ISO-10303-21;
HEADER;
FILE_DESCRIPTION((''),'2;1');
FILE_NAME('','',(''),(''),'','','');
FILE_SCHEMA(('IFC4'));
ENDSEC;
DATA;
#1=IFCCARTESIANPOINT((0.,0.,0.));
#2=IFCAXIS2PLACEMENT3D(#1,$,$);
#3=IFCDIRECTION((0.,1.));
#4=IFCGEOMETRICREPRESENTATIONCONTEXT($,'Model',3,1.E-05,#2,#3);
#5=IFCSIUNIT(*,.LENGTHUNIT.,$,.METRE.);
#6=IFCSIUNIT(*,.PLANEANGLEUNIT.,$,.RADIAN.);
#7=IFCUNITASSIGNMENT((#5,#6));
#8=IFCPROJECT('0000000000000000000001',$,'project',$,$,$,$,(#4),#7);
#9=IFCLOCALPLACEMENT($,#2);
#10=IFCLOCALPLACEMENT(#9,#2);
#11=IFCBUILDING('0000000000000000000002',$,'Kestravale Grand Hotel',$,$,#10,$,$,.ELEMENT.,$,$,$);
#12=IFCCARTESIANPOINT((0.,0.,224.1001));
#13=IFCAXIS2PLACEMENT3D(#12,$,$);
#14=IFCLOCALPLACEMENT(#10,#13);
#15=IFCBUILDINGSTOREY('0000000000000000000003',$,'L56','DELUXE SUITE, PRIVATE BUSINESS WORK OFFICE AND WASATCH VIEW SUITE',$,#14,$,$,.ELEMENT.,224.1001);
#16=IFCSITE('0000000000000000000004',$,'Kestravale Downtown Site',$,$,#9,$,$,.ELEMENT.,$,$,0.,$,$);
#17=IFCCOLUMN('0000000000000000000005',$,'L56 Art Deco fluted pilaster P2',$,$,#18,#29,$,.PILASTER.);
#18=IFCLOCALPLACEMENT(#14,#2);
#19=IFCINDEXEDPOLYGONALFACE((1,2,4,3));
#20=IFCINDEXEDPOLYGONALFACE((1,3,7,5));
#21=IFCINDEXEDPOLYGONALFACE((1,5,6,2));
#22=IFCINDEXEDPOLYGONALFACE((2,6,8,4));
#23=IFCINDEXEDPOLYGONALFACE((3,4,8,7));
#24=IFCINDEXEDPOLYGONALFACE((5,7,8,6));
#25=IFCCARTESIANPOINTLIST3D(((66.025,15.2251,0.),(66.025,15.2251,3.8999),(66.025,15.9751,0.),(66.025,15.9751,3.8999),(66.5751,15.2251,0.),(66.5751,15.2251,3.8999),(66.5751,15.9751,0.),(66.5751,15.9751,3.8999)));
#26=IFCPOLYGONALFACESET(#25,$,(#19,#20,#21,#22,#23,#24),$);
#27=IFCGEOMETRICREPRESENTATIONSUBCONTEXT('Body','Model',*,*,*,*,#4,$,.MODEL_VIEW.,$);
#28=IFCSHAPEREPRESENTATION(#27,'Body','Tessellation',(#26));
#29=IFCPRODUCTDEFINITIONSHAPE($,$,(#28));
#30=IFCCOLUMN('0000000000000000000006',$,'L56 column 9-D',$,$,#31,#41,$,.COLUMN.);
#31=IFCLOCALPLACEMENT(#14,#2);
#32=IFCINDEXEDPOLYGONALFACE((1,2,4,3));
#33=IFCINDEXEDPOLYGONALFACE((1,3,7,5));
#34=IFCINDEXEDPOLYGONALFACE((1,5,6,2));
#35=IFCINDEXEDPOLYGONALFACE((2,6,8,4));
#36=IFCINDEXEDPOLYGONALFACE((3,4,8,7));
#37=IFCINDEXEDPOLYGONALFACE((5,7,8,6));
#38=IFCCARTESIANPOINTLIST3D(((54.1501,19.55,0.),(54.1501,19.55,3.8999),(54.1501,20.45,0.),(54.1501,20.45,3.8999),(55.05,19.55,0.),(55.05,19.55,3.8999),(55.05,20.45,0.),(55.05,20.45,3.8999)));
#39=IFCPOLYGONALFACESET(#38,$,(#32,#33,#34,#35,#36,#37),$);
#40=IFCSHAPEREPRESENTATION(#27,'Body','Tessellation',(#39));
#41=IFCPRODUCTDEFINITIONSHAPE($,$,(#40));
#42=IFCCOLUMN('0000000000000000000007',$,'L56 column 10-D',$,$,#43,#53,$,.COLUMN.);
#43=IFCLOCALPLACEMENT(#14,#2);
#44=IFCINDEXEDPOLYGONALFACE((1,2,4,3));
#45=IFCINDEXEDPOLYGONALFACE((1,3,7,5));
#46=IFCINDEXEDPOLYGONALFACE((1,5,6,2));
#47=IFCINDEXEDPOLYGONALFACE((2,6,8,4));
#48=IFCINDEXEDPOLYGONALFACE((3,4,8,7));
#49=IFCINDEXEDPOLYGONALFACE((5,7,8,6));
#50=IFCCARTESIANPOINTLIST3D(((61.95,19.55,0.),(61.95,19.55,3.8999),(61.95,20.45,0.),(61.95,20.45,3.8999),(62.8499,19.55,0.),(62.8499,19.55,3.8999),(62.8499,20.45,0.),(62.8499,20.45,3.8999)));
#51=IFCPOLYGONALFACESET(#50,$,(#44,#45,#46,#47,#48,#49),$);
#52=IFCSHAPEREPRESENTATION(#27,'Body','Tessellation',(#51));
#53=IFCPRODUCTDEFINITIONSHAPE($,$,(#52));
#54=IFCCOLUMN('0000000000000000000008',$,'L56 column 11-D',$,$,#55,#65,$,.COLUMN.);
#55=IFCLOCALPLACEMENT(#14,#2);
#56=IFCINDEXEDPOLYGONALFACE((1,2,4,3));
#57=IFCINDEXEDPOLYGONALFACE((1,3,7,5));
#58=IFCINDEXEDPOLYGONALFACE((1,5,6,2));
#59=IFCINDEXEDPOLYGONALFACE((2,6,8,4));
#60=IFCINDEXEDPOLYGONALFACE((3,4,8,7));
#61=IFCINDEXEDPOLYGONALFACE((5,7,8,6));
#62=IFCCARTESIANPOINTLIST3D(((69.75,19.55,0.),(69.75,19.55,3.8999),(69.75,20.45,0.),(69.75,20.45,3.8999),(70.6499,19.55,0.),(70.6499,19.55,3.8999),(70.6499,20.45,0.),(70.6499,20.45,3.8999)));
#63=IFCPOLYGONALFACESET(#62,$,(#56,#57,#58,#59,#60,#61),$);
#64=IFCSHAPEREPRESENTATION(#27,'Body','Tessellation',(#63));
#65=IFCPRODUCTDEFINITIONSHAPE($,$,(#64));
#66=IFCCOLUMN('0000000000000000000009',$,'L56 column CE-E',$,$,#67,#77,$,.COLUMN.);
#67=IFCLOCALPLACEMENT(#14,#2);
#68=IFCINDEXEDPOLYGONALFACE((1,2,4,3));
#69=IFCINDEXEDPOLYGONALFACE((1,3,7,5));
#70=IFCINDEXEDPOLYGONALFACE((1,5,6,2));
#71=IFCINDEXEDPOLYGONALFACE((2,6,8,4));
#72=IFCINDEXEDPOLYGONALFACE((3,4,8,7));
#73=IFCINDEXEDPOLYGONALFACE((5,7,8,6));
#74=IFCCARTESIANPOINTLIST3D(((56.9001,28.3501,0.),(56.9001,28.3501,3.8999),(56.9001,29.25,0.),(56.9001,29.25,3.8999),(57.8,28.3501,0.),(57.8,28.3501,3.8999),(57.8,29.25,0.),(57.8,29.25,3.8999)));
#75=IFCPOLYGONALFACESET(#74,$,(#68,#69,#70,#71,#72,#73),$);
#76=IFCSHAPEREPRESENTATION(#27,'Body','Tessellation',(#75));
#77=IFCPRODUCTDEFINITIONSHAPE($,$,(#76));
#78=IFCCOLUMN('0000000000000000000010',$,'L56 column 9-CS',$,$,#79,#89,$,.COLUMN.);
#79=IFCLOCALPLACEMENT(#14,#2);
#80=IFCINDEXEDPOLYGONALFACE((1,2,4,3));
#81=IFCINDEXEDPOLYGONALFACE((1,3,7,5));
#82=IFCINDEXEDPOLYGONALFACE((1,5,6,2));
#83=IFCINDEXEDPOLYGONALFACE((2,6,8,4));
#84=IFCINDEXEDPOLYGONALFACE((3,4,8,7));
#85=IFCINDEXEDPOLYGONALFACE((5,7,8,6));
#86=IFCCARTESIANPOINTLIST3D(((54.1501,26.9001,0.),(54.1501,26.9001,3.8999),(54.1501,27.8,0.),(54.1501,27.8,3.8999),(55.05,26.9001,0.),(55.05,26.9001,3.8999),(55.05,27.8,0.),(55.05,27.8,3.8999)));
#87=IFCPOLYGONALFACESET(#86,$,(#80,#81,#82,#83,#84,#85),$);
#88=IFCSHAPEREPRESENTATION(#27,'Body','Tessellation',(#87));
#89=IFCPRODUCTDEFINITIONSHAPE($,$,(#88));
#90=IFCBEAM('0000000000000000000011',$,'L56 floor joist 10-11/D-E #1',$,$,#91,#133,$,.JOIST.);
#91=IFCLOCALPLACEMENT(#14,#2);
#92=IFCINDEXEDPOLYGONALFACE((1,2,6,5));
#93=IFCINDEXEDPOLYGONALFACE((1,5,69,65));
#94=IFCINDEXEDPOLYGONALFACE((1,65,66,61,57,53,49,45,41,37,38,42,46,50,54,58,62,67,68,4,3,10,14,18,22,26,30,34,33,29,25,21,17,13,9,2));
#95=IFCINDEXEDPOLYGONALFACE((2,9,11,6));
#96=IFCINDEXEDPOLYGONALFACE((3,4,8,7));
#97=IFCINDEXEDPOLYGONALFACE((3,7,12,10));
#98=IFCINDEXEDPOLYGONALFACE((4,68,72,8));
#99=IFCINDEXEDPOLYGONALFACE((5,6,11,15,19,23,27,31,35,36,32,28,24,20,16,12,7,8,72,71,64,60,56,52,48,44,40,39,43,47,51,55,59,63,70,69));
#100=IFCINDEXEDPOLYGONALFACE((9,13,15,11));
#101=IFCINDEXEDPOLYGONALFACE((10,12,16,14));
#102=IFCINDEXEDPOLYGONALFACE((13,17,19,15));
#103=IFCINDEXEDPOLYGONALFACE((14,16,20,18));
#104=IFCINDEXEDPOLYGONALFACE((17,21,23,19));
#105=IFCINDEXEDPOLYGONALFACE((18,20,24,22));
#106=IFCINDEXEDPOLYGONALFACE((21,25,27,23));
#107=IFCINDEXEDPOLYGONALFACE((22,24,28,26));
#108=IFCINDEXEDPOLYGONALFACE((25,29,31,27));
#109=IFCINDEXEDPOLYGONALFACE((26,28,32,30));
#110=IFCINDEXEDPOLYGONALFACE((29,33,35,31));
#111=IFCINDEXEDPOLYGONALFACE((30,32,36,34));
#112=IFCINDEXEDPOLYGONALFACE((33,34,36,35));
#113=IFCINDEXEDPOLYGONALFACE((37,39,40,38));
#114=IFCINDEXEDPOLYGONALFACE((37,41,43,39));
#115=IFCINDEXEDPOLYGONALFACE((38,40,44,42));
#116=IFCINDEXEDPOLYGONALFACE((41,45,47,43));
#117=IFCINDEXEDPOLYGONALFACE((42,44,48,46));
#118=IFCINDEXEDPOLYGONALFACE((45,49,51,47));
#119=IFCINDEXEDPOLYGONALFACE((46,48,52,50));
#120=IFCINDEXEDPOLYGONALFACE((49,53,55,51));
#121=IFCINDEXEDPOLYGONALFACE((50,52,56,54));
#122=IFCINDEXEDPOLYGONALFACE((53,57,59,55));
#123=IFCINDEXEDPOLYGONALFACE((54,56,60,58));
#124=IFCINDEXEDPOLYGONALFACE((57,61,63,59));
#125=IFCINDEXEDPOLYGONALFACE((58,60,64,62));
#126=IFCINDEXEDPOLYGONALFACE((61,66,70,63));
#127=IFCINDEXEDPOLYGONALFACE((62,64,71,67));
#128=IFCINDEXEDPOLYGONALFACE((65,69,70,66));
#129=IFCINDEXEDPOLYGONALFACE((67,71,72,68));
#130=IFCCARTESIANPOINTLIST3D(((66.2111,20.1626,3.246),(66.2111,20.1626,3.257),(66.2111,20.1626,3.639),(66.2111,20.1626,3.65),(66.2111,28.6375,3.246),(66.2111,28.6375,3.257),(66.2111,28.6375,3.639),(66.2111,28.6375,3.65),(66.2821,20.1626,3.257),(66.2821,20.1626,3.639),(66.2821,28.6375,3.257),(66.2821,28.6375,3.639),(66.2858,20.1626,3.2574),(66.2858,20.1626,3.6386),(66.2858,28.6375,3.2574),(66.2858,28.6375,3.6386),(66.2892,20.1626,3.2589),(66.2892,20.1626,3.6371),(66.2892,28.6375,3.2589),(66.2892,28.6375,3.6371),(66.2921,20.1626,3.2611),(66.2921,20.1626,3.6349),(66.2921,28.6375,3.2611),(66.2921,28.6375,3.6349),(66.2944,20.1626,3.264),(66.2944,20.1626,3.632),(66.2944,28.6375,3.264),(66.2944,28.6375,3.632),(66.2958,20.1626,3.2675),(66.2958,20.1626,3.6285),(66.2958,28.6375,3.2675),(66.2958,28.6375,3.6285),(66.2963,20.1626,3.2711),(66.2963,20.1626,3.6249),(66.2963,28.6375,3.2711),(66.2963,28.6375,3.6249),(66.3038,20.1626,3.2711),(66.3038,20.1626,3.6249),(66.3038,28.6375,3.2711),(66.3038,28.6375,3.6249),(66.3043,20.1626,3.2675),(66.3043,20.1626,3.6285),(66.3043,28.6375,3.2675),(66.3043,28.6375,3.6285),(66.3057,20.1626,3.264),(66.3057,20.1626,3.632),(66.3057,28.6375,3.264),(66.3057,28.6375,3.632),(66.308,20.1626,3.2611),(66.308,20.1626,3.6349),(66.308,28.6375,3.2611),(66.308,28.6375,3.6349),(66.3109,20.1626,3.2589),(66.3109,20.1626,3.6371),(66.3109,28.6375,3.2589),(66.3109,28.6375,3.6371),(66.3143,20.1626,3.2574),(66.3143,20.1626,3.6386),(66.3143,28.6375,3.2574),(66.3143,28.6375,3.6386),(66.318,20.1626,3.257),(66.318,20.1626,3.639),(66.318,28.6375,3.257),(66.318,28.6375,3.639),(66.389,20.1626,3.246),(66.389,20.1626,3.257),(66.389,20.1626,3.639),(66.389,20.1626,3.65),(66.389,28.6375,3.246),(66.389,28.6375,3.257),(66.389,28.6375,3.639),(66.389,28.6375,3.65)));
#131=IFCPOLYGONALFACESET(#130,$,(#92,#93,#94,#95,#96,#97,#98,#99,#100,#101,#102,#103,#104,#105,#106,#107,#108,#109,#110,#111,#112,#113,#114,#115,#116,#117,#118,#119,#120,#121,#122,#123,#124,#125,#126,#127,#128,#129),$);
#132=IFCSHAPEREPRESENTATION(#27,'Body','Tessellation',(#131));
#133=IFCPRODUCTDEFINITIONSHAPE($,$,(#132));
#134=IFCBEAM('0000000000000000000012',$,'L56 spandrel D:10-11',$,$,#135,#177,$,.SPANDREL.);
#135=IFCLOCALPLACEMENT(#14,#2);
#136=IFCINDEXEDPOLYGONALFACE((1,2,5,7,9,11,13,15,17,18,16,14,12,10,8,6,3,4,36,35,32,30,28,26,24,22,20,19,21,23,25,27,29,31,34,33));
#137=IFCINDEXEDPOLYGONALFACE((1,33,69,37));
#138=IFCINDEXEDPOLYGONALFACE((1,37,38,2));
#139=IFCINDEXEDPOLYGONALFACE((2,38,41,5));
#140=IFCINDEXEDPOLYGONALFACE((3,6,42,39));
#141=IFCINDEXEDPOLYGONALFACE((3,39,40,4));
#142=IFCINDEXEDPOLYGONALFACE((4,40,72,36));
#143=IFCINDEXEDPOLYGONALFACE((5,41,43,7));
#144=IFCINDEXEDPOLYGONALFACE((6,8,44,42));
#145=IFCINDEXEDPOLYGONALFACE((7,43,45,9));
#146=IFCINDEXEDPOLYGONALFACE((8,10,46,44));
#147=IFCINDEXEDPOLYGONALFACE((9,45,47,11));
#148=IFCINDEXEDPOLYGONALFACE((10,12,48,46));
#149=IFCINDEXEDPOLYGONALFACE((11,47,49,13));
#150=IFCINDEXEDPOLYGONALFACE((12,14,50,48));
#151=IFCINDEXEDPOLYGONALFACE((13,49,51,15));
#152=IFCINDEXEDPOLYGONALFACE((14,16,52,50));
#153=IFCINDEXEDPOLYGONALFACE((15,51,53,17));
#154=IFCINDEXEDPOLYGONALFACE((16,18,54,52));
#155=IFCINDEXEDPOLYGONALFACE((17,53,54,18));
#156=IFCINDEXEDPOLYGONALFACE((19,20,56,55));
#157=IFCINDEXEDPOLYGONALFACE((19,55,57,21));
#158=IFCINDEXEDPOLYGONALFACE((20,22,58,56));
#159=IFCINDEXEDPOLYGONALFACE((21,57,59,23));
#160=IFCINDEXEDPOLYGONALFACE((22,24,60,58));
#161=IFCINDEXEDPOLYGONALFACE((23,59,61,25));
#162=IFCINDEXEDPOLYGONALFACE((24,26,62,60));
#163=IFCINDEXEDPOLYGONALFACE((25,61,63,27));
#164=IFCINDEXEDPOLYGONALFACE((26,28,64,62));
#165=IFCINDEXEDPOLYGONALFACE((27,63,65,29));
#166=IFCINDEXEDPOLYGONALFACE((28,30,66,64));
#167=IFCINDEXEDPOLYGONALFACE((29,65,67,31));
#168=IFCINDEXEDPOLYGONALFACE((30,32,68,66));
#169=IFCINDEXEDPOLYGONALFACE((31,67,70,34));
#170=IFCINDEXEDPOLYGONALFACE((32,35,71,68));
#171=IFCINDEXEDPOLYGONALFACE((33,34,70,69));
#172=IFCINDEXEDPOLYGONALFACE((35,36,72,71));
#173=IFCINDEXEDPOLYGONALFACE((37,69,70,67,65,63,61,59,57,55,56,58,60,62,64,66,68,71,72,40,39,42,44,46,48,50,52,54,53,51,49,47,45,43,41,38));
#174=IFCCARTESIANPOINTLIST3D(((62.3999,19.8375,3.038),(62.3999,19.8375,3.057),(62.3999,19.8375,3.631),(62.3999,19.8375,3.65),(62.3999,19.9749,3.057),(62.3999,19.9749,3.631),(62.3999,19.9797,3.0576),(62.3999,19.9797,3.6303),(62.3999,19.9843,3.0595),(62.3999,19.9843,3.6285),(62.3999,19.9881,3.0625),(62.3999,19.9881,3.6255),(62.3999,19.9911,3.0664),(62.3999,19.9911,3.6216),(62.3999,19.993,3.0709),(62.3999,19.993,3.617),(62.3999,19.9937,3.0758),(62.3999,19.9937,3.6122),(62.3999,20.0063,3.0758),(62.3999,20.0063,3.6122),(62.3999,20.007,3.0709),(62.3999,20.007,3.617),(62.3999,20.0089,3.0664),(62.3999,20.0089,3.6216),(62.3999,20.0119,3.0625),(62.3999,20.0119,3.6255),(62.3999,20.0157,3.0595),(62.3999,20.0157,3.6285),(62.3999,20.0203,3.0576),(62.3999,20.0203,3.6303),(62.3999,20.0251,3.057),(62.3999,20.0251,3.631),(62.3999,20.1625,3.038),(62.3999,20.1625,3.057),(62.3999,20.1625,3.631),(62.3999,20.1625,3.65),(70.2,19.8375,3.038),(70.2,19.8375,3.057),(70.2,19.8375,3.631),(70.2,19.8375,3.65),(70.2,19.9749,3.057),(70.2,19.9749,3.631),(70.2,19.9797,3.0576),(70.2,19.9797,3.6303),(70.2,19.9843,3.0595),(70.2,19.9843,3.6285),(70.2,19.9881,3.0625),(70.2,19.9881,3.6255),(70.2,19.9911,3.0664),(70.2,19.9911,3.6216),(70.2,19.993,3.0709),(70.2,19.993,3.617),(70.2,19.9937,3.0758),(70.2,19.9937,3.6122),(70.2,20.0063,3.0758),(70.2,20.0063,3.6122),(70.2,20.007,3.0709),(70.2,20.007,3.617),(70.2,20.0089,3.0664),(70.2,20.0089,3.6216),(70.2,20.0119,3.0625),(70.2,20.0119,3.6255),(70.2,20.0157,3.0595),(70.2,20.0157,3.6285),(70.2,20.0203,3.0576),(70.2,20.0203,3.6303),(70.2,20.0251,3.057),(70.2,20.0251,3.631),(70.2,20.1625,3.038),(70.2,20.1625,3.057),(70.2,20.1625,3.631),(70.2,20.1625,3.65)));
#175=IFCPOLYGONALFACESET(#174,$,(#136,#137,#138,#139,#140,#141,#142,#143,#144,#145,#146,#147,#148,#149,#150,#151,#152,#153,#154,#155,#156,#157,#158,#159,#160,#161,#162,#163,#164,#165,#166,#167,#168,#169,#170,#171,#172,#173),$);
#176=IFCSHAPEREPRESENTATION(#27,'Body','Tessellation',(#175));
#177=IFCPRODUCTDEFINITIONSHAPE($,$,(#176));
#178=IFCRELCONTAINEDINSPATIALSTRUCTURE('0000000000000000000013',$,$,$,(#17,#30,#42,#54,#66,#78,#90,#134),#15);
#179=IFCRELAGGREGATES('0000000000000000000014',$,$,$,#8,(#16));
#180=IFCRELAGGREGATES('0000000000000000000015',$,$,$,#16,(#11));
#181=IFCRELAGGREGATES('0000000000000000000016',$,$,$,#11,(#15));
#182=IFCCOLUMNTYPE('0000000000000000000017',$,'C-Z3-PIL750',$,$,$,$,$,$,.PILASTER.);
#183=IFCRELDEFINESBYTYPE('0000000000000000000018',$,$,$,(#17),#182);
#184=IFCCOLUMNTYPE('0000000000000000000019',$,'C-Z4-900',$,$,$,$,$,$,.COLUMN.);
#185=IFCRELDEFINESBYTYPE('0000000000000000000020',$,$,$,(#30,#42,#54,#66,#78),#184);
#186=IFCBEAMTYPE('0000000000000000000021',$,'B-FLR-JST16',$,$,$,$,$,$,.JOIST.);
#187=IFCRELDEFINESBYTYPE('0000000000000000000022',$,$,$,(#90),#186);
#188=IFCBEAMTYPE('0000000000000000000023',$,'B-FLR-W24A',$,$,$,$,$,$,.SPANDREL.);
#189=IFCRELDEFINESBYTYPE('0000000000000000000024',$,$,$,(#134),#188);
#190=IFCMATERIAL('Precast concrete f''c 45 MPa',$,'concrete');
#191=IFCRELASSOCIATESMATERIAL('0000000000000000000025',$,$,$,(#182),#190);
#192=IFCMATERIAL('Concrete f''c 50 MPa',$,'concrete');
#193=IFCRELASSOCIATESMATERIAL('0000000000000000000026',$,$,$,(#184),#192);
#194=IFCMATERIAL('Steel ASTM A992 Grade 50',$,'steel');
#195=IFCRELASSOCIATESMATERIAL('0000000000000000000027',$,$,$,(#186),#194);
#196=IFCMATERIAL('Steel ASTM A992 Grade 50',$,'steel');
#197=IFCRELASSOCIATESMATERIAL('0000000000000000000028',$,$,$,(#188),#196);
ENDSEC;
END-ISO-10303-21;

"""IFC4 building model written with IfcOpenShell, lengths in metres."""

from ifc_helpers import new_model, si_unit, direction, frame, origin, origin_2d, place, context, subcontext, project, spatial, rectangle, i_section, extrude, material, material_profile, profile_set, type_object, element, save


model = new_model("IFC4")

# Units and contexts
model_context = context("Model", 3, precision=1e-05, world=origin(), true_north=direction((0.0, 1.0)))
body_context = subcontext(model_context, "Body", "Model", "MODEL_VIEW")
ifc_project = project(units=[si_unit("LENGTHUNIT", "METRE"), si_unit("PLANEANGLEUNIT", "RADIAN")], contexts=[model_context])

# Site, building, storey
site_placement = place(None, origin())
site = spatial("IfcSite", under=ifc_project, at=site_placement, Name="Kestravale Downtown Site", CompositionType="ELEMENT", RefElevation=0.0)
building_placement = place(site_placement, origin())
building = spatial("IfcBuilding", under=site, at=building_placement, Name="Kestravale Grand Hotel", CompositionType="ELEMENT")
storey_placement = place(building_placement, frame((0.0, 0.0, 224.1001)))
storey = spatial("IfcBuildingStorey", under=building, at=storey_placement, Name="L56", Description="DELUXE SUITE, PRIVATE BUSINESS WORK OFFICE AND WASATCH VIEW SUITE", CompositionType="ELEMENT", Elevation=224.1001)

# Columns
ifc_material_1 = material(Name="Precast concrete f'c 45 MPa", Category="concrete")
ifc_material_profile_1 = material_profile(ifc_material_1, rectangle(XDim=0.55, YDim=0.75, at=origin_2d()))
ifc_profile_set_1 = profile_set([ifc_material_profile_1], Name="Precast concrete f'c 45 MPa")
column_type_1 = type_object("IfcColumnType", Name="C-Z3-PIL750", PredefinedType="PILASTER", material=ifc_profile_set_1)
column_placement = place(storey_placement, frame((66.3, 15.6001, 0.0), z_axis=(0.0, 0.0, 1.0), x_axis=(1.0, 0.0, 0.0)))
element("IfcColumn", 1, at=column_placement, inside=storey, type_object=column_type_1, Name="L56 Art Deco fluted pilaster P2", PredefinedType="PILASTER", context=body_context, shape_type="SweptSolid", body=[
    extrude(rectangle(XDim=0.55, YDim=0.75, at=origin_2d()), origin(), (0.0, 0.0, 1.0), 3.8999),
])
ifc_material_2 = material(Name="Concrete f'c 50 MPa", Category="concrete")
ifc_material_profile_2 = material_profile(ifc_material_2, rectangle(XDim=0.8999, YDim=0.8999, at=origin_2d()))
ifc_profile_set_2 = profile_set([ifc_material_profile_2], Name="Concrete f'c 50 MPa")
column_type_2 = type_object("IfcColumnType", Name="C-Z4-900", PredefinedType="COLUMN", material=ifc_profile_set_2)
for number, where, z_axis, x_axis, name in (
    (2, (54.6001, 20.0, 0.0), (0.0, 0.0, 1.0), (1.0, 0.0, 0.0), "L56 column 9-D"),
    (3, (62.3999, 20.0, 0.0), (0.0, 0.0, 1.0), (1.0, 0.0, 0.0), "L56 column 10-D"),
    (4, (70.2, 20.0, 0.0), (0.0, 0.0, 1.0), (1.0, 0.0, 0.0), "L56 column 11-D"),
    (5, (57.3501, 28.8, 0.0), (0.0, 0.0, 1.0), (1.0, 0.0, 0.0), "L56 column CE-E"),
    (6, (54.6001, 27.3501, 0.0), (0.0, 0.0, 1.0), (1.0, 0.0, 0.0), "L56 column 9-CS"),
):
    element("IfcColumn", number, at=place(storey_placement, frame(where, z_axis=z_axis, x_axis=x_axis)), inside=storey, type_object=column_type_2, Name=name, PredefinedType="COLUMN", context=body_context, shape_type="SweptSolid", body=[
        extrude(rectangle(XDim=0.8999, YDim=0.8999, at=origin_2d()), origin(), (0.0, 0.0, 1.0), 3.8999),
    ])

# Beams
ifc_material_3 = material(Name="Steel ASTM A992 Grade 50", Category="steel")
ifc_material_profile_3 = material_profile(ifc_material_3, i_section(OverallWidth=0.178, OverallDepth=0.4041, WebThickness=0.0076, FlangeThickness=0.011, FilletRadius=0.0142, at=origin_2d()))
ifc_profile_set_3 = profile_set([ifc_material_profile_3], Name="Steel ASTM A992 Grade 50")
beam_type_1 = type_object("IfcBeamType", Name="B-FLR-JST16", PredefinedType="JOIST", material=ifc_profile_set_3)
beam_1_placement = place(storey_placement, frame((66.3, 20.1626, 3.448), z_axis=(0.0, 1.0, 0.0), x_axis=(-1.0, 0.0, 0.0)))
element("IfcBeam", 7, at=beam_1_placement, inside=storey, type_object=beam_type_1, Name="L56 floor joist 10-11/D-E #1", PredefinedType="JOIST", context=body_context, shape_type="SweptSolid", body=[
    extrude(i_section(OverallWidth=0.178, OverallDepth=0.4041, WebThickness=0.0076, FlangeThickness=0.011, FilletRadius=0.0142, at=origin_2d()), origin(), (0.0, 0.0, 1.0), 8.4749),
])
ifc_material_4 = material(Name="Steel ASTM A992 Grade 50", Category="steel")
ifc_material_profile_4 = material_profile(ifc_material_4, i_section(OverallWidth=0.325, OverallDepth=0.6121, WebThickness=0.0127, FlangeThickness=0.019, FilletRadius=0.0188, at=origin_2d()))
ifc_profile_set_4 = profile_set([ifc_material_profile_4], Name="Steel ASTM A992 Grade 50")
beam_type_2 = type_object("IfcBeamType", Name="B-FLR-W24A", PredefinedType="SPANDREL", material=ifc_profile_set_4)
beam_2_placement = place(storey_placement, frame((62.3999, 20.0, 3.344), z_axis=(1.0, 0.0, 0.0), x_axis=(0.0, 1.0, 0.0)))
element("IfcBeam", 8, at=beam_2_placement, inside=storey, type_object=beam_type_2, Name="L56 spandrel D:10-11", PredefinedType="SPANDREL", context=body_context, shape_type="SweptSolid", body=[
    extrude(i_section(OverallWidth=0.325, OverallDepth=0.6121, WebThickness=0.0127, FlangeThickness=0.019, FilletRadius=0.0188, at=origin_2d()), origin(), (0.0, 0.0, 1.0), 7.8),
])

save(model, "model.ifc")
